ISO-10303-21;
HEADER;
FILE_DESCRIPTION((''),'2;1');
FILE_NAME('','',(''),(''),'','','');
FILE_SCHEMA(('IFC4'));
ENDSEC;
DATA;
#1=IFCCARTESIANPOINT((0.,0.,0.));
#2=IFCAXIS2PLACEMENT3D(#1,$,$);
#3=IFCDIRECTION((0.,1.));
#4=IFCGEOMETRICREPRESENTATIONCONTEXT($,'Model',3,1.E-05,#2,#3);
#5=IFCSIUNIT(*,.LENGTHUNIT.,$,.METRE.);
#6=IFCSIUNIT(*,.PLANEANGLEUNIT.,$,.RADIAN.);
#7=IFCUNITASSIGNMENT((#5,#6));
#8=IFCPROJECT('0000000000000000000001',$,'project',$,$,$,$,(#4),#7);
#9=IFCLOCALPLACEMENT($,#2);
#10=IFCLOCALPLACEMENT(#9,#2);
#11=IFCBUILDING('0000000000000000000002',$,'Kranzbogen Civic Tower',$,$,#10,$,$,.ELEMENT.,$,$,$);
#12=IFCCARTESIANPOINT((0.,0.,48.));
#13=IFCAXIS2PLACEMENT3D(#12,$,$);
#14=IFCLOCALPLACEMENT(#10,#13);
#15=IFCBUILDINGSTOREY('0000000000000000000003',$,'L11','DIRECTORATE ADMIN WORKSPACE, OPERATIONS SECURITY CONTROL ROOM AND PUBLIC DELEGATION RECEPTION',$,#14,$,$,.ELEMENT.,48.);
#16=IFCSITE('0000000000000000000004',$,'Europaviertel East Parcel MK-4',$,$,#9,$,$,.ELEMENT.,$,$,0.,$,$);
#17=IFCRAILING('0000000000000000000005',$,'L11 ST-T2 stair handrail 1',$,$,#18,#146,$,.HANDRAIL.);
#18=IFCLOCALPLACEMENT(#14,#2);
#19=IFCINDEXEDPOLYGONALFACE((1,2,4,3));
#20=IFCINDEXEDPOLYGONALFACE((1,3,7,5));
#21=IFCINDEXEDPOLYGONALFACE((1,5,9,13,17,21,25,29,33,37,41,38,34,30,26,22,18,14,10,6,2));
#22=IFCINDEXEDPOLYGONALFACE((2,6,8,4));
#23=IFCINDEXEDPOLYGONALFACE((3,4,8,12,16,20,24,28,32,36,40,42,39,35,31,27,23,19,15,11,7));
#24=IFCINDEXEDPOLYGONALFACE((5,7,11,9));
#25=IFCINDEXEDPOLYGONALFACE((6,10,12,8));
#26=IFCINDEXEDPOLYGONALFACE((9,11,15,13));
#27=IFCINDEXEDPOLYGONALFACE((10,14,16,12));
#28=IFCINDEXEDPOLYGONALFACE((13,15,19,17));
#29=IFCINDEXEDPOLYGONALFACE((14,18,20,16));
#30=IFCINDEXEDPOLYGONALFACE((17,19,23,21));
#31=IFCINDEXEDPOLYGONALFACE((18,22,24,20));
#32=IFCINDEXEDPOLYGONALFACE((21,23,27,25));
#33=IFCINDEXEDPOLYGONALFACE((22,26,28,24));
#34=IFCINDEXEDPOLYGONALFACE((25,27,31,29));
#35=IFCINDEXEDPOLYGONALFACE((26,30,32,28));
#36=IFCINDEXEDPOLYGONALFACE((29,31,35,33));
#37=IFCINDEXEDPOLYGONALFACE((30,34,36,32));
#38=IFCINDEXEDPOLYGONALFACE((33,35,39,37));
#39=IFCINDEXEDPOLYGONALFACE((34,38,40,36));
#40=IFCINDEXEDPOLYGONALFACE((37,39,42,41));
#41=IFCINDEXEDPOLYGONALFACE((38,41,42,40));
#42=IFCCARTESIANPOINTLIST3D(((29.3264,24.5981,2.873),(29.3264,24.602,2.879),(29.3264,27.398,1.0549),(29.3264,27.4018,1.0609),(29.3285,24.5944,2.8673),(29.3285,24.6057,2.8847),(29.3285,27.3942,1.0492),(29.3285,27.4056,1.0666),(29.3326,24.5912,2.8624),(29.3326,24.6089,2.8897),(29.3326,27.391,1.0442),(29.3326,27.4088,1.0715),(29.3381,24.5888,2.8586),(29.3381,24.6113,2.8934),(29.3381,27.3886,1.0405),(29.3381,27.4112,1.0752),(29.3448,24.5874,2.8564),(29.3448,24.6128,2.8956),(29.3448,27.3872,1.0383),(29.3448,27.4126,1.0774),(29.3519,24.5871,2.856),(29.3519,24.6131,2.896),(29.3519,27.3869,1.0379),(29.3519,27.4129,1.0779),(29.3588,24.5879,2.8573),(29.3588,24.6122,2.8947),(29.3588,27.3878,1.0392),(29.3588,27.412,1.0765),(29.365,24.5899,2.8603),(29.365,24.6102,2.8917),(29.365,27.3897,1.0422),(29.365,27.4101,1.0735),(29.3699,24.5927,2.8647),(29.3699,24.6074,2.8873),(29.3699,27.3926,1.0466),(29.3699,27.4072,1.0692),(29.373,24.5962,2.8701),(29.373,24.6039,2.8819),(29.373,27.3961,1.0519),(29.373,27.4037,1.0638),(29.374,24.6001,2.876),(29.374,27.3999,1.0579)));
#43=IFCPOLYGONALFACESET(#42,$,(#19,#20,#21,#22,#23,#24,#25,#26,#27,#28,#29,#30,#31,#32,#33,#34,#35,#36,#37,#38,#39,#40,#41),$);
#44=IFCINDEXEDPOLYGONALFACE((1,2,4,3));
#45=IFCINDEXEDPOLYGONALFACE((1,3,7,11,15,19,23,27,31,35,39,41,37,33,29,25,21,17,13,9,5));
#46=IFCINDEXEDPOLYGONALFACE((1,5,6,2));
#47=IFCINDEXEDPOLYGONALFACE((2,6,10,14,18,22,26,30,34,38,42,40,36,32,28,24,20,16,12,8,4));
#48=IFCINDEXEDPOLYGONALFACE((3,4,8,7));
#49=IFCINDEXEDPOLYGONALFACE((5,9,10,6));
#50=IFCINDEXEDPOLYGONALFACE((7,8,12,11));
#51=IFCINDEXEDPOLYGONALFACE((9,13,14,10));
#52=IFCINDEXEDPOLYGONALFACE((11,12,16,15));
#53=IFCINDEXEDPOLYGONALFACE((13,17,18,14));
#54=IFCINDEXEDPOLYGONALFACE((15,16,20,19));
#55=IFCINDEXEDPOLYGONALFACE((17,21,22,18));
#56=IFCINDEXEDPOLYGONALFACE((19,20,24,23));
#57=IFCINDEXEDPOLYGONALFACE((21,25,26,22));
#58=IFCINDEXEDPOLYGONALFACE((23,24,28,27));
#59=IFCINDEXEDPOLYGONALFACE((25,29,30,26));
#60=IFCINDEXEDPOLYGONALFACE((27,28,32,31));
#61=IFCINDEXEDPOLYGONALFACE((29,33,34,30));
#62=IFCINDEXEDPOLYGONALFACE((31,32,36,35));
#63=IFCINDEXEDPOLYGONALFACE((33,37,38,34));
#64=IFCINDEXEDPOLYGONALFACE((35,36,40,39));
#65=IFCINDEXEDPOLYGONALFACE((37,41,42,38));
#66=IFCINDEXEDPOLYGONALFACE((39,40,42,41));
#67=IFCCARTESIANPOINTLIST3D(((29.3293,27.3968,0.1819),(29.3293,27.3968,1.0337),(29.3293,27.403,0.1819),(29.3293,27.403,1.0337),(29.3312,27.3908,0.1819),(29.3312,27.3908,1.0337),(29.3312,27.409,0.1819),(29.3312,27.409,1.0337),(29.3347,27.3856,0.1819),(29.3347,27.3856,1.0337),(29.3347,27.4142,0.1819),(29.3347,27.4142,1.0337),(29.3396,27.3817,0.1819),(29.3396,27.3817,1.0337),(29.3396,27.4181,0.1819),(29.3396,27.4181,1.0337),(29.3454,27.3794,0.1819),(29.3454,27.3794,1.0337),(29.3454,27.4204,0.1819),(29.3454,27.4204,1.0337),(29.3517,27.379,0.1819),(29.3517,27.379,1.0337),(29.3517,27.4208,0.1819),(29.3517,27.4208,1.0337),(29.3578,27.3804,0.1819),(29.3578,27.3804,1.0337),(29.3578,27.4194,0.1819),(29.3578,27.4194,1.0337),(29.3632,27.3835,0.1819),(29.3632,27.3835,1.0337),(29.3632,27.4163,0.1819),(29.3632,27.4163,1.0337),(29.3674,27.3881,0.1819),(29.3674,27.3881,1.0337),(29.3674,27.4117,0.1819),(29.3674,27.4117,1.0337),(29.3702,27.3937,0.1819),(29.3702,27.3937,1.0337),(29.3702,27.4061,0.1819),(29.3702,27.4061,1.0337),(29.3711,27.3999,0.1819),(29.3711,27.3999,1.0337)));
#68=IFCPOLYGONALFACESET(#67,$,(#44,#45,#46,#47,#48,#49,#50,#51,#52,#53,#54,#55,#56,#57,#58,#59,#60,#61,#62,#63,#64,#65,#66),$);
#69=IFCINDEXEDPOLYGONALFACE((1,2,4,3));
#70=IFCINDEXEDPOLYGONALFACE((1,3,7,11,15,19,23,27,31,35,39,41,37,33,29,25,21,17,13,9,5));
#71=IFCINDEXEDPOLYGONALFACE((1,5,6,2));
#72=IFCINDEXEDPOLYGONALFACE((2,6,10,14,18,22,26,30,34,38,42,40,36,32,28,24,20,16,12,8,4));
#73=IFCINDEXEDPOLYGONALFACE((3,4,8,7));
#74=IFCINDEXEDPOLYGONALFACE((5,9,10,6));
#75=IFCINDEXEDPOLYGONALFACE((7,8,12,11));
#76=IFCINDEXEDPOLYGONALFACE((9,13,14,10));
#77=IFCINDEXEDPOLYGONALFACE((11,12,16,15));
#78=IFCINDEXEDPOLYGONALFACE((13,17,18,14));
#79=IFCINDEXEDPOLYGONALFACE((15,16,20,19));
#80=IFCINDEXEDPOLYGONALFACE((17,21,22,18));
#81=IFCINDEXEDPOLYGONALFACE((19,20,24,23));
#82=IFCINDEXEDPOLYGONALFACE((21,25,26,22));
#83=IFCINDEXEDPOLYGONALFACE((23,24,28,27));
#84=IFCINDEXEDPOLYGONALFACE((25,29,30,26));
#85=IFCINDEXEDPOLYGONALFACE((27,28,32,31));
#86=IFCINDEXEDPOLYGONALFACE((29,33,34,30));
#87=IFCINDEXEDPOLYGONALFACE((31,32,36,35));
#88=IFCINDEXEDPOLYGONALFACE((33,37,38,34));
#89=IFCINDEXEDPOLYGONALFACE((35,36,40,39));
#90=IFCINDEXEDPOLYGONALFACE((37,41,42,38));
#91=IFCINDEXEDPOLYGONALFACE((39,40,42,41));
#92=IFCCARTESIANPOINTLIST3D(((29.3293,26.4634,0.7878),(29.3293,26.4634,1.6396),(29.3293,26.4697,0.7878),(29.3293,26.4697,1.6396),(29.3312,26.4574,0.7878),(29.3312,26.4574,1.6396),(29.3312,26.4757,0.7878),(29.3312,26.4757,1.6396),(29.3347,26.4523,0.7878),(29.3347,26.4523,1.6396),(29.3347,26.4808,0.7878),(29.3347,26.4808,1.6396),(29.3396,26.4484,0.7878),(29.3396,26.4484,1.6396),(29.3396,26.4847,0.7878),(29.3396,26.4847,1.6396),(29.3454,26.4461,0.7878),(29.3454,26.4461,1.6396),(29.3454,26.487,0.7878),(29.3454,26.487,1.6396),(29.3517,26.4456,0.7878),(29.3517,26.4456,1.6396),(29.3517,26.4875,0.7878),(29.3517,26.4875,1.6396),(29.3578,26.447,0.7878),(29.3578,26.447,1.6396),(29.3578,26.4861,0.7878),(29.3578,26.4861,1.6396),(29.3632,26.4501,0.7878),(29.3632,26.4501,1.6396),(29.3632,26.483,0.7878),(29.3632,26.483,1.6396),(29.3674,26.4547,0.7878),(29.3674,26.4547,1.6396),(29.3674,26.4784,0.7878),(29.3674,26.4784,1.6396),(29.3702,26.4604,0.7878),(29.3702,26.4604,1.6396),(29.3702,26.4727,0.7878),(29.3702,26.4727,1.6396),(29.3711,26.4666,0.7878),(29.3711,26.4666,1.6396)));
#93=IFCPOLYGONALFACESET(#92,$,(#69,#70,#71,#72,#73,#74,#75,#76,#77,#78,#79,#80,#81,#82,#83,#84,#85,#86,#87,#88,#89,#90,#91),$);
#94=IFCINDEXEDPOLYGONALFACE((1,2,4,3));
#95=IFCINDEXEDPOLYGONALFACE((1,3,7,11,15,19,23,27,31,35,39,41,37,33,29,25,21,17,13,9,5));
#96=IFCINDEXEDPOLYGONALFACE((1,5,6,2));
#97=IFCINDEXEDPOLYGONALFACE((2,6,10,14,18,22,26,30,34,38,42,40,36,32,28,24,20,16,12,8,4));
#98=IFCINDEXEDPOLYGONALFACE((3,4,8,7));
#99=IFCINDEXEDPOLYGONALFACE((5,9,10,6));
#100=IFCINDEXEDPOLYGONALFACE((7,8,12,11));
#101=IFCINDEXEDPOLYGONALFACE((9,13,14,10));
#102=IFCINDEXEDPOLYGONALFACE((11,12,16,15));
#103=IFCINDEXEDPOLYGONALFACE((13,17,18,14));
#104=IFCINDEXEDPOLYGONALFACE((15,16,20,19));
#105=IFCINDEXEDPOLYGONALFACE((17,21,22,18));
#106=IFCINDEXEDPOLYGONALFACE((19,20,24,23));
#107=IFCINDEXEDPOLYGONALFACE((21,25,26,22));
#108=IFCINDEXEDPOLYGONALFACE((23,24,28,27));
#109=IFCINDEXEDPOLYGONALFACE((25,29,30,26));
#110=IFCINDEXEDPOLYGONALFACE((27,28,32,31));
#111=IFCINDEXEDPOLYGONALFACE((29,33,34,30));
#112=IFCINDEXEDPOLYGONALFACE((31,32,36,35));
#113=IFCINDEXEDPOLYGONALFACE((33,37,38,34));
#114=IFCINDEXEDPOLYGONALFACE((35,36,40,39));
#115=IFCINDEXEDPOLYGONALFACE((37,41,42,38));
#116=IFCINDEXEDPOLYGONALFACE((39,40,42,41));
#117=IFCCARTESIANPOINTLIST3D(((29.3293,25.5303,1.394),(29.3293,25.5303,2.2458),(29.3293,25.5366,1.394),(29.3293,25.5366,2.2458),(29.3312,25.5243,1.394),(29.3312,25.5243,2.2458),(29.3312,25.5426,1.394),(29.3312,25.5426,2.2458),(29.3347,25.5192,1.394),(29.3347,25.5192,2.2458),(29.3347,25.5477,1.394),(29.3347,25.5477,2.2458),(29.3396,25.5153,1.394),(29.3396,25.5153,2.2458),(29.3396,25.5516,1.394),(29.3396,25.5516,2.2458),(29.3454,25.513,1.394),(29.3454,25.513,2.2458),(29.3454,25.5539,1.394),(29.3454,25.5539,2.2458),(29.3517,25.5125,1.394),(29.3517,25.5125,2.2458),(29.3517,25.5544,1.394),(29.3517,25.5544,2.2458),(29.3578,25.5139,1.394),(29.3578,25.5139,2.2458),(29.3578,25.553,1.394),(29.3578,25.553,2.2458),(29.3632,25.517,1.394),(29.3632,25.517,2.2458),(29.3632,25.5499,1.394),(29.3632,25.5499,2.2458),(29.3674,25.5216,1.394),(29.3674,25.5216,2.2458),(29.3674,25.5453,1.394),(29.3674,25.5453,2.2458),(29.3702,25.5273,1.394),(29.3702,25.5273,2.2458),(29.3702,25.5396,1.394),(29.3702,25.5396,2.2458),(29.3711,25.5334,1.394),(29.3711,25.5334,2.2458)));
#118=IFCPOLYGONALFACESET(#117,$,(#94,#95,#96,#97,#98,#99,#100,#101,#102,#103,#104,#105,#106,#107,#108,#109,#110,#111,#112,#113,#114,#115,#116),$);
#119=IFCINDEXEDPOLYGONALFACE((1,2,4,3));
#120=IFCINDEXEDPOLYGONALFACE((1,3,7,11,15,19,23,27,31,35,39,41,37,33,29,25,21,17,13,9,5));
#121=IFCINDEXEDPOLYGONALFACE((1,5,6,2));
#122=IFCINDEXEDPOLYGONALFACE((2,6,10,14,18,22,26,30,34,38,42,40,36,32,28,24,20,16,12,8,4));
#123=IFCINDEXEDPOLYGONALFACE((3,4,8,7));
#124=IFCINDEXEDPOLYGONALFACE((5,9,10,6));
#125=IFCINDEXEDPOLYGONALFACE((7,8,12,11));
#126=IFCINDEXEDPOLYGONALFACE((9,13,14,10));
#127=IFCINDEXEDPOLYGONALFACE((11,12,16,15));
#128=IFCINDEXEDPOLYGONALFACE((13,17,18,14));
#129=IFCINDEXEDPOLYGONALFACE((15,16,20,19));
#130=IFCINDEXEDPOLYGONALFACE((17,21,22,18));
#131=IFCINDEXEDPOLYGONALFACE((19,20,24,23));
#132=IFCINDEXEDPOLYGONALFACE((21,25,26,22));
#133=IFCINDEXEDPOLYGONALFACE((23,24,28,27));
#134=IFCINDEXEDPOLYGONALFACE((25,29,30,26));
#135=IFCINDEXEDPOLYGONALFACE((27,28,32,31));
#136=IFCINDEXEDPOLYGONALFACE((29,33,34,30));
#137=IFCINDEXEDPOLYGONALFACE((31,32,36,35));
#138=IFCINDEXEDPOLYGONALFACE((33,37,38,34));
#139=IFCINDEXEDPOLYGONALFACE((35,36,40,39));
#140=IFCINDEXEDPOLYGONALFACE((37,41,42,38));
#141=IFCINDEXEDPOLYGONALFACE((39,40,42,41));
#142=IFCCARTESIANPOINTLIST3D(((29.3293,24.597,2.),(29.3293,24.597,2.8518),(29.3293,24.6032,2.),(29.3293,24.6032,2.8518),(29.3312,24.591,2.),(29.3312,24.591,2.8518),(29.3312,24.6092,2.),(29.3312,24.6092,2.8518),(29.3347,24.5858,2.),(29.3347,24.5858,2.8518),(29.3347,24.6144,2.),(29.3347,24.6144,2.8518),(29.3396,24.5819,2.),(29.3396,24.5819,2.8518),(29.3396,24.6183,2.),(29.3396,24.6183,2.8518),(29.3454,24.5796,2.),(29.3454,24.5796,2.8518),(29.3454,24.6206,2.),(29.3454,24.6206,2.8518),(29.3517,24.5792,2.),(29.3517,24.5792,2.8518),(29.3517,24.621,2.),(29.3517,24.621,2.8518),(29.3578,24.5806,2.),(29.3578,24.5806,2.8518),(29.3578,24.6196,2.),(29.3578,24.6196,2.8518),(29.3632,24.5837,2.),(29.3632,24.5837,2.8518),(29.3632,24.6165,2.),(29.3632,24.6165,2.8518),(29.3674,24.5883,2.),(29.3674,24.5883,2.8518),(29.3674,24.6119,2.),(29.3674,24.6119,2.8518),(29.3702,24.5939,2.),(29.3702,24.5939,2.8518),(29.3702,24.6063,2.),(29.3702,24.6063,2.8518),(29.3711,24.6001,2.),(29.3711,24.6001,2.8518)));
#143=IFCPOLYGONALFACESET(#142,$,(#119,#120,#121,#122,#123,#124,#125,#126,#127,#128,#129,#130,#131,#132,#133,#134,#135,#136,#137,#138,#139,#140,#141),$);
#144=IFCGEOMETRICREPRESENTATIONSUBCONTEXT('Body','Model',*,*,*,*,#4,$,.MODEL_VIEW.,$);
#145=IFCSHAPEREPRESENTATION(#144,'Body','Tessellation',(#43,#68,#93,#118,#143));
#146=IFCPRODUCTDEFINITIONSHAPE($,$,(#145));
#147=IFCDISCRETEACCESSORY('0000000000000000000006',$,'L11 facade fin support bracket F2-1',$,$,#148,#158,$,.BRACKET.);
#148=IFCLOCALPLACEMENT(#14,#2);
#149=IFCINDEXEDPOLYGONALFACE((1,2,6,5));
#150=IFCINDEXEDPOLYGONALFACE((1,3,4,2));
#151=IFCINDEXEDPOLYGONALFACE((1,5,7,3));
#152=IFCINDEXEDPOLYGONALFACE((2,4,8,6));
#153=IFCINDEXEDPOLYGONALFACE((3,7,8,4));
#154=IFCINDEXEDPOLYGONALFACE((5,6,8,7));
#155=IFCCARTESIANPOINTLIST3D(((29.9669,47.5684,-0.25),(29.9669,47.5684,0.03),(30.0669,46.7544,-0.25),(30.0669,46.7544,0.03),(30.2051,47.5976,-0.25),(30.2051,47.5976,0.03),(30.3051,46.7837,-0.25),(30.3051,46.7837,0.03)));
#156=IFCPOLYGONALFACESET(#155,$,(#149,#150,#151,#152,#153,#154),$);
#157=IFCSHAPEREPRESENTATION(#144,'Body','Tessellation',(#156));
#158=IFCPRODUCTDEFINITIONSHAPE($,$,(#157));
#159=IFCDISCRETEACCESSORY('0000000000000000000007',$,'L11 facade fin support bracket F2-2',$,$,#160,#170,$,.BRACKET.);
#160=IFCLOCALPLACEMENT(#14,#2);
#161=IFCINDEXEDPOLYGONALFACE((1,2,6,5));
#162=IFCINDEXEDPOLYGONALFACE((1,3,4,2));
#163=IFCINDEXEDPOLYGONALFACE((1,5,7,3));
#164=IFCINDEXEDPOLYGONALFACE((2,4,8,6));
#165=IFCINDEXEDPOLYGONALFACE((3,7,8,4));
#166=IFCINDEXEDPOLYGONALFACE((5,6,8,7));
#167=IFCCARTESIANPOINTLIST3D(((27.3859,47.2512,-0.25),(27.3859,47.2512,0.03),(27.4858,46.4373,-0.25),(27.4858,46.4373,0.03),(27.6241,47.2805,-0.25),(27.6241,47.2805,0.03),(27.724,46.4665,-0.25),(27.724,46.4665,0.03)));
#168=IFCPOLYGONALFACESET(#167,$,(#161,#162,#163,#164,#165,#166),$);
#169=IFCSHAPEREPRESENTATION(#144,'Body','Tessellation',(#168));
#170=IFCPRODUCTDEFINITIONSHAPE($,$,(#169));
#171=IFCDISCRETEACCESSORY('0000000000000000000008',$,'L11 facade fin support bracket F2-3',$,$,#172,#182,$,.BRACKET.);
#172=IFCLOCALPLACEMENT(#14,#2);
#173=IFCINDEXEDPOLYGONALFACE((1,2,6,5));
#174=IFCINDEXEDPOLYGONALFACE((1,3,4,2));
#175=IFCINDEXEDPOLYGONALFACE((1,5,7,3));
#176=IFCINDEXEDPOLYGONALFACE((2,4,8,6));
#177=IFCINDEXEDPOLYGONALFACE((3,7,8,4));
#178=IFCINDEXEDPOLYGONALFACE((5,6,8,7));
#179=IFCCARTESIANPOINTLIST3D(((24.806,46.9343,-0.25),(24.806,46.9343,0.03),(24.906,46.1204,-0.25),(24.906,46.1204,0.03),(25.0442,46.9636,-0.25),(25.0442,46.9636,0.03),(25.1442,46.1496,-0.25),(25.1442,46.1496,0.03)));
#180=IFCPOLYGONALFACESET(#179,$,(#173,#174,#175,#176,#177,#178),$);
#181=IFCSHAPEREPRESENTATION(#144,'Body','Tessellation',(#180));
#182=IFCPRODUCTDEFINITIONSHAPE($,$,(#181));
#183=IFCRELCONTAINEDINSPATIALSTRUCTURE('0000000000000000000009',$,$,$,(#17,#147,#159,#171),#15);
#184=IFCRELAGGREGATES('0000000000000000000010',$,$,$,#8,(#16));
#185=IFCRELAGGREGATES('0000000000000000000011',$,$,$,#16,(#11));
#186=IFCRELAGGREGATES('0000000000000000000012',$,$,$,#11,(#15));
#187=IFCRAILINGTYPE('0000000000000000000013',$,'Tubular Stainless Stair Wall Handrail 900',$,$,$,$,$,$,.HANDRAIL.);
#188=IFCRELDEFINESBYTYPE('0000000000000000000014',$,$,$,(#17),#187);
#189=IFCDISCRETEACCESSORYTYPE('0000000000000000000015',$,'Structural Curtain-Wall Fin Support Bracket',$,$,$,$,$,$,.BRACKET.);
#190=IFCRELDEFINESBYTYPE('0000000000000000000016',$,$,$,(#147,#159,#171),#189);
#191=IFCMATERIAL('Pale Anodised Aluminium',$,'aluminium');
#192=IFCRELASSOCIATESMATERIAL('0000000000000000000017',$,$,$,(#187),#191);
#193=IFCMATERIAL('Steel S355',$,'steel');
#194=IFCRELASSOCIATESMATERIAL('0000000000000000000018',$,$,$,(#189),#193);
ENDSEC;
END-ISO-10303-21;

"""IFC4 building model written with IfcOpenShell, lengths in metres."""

from ifc_helpers import new_model, si_unit, direction, frame, origin, origin_2d, place, context, subcontext, project, spatial, rectangle, circle, extrude, material, type_object, element, save


model = new_model("IFC4")

# Units and contexts
model_context = context("Model", 3, precision=1e-05, world=origin(), true_north=direction((0.0, 1.0)))
body_context = subcontext(model_context, "Body", "Model", "MODEL_VIEW")
ifc_project = project(units=[si_unit("LENGTHUNIT", "METRE"), si_unit("PLANEANGLEUNIT", "RADIAN")], contexts=[model_context])

# Site, building, storey
site_placement = place(None, origin())
site = spatial("IfcSite", under=ifc_project, at=site_placement, Name="Europaviertel East Parcel MK-4", CompositionType="ELEMENT", RefElevation=0.0)
building_placement = place(site_placement, origin())
building = spatial("IfcBuilding", under=site, at=building_placement, Name="Kranzbogen Civic Tower", CompositionType="ELEMENT")
storey_placement = place(building_placement, frame((0.0, 0.0, 48.0)))
storey = spatial("IfcBuildingStorey", under=building, at=storey_placement, Name="L11", Description="DIRECTORATE ADMIN WORKSPACE, OPERATIONS SECURITY CONTROL ROOM AND PUBLIC DELEGATION RECEPTION", CompositionType="ELEMENT", Elevation=48.0)

# Shared definitions
ifc_material_1 = material(Name="Pale Anodised Aluminium", Category="aluminium")

# Shared definitions
ifc_material_2 = material(Name="Steel S355", Category="steel")

# Railing
railing_type_1 = type_object("IfcRailingType", Name="Tubular Stainless Stair Wall Handrail 900", PredefinedType="HANDRAIL", material=ifc_material_1)
railing_1_placement = place(storey_placement, frame((29.3501, 27.3999, 0.1819)))
element("IfcRailing", 1, at=railing_1_placement, inside=storey, type_object=railing_type_1, Name="L11 ST-T2 stair handrail 1", PredefinedType="HANDRAIL", context=body_context, shape_type="SweptSolid", body=[
    extrude(circle(Radius=0.0239, at=origin_2d()), frame((0.0, 0.0, 0.876), z_axis=(0.0, -0.838684, 0.544618), x_axis=(1.0, 0.0, 0.0)), (0.0, 0.0, 1.0), 3.3384),
    extrude(circle(Radius=0.021, at=origin_2d()), origin(), (0.0, 0.0, 1.0), 0.8518),
    extrude(circle(Radius=0.021, at=origin_2d()), frame((0.0, -0.9333, 0.606)), (0.0, 0.0, 1.0), 0.8518),
    extrude(circle(Radius=0.021, at=origin_2d()), frame((0.0, -1.8665, 1.2122)), (0.0, 0.0, 1.0), 0.8518),
    extrude(circle(Radius=0.021, at=origin_2d()), frame((0.0, -2.7998, 1.8181)), (0.0, 0.0, 1.0), 0.8518),
])

# Discrete accessories
discrete_accessory_type = type_object("IfcDiscreteAccessoryType", Name="Structural Curtain-Wall Fin Support Bracket", PredefinedType="BRACKET", material=ifc_material_2)
for number, where, z_axis, x_axis, name in (
    (2, (30.136, 47.176, -0.25), (0.0, 0.0, 1.0), (-0.121869, 0.992546, 0.0), "L11 facade fin support bracket F2-1"),
    (3, (27.5549, 46.8589, -0.25), (0.0, 0.0, 1.0), (-0.121869, 0.992546, 0.0), "L11 facade fin support bracket F2-2"),
    (4, (24.9751, 46.542, -0.25), (0.0, 0.0, 1.0), (-0.121869, 0.992546, 0.0), "L11 facade fin support bracket F2-3"),
):
    element("IfcDiscreteAccessory", number, at=place(storey_placement, frame(where, z_axis=z_axis, x_axis=x_axis)), inside=storey, type_object=discrete_accessory_type, Name=name, PredefinedType="BRACKET", context=body_context, shape_type="SweptSolid", body=[
        extrude(rectangle(XDim=0.8201, YDim=0.24, at=origin_2d()), origin(), (0.0, 0.0, 1.0), 0.28),
    ])

save(model, "model.ifc")
